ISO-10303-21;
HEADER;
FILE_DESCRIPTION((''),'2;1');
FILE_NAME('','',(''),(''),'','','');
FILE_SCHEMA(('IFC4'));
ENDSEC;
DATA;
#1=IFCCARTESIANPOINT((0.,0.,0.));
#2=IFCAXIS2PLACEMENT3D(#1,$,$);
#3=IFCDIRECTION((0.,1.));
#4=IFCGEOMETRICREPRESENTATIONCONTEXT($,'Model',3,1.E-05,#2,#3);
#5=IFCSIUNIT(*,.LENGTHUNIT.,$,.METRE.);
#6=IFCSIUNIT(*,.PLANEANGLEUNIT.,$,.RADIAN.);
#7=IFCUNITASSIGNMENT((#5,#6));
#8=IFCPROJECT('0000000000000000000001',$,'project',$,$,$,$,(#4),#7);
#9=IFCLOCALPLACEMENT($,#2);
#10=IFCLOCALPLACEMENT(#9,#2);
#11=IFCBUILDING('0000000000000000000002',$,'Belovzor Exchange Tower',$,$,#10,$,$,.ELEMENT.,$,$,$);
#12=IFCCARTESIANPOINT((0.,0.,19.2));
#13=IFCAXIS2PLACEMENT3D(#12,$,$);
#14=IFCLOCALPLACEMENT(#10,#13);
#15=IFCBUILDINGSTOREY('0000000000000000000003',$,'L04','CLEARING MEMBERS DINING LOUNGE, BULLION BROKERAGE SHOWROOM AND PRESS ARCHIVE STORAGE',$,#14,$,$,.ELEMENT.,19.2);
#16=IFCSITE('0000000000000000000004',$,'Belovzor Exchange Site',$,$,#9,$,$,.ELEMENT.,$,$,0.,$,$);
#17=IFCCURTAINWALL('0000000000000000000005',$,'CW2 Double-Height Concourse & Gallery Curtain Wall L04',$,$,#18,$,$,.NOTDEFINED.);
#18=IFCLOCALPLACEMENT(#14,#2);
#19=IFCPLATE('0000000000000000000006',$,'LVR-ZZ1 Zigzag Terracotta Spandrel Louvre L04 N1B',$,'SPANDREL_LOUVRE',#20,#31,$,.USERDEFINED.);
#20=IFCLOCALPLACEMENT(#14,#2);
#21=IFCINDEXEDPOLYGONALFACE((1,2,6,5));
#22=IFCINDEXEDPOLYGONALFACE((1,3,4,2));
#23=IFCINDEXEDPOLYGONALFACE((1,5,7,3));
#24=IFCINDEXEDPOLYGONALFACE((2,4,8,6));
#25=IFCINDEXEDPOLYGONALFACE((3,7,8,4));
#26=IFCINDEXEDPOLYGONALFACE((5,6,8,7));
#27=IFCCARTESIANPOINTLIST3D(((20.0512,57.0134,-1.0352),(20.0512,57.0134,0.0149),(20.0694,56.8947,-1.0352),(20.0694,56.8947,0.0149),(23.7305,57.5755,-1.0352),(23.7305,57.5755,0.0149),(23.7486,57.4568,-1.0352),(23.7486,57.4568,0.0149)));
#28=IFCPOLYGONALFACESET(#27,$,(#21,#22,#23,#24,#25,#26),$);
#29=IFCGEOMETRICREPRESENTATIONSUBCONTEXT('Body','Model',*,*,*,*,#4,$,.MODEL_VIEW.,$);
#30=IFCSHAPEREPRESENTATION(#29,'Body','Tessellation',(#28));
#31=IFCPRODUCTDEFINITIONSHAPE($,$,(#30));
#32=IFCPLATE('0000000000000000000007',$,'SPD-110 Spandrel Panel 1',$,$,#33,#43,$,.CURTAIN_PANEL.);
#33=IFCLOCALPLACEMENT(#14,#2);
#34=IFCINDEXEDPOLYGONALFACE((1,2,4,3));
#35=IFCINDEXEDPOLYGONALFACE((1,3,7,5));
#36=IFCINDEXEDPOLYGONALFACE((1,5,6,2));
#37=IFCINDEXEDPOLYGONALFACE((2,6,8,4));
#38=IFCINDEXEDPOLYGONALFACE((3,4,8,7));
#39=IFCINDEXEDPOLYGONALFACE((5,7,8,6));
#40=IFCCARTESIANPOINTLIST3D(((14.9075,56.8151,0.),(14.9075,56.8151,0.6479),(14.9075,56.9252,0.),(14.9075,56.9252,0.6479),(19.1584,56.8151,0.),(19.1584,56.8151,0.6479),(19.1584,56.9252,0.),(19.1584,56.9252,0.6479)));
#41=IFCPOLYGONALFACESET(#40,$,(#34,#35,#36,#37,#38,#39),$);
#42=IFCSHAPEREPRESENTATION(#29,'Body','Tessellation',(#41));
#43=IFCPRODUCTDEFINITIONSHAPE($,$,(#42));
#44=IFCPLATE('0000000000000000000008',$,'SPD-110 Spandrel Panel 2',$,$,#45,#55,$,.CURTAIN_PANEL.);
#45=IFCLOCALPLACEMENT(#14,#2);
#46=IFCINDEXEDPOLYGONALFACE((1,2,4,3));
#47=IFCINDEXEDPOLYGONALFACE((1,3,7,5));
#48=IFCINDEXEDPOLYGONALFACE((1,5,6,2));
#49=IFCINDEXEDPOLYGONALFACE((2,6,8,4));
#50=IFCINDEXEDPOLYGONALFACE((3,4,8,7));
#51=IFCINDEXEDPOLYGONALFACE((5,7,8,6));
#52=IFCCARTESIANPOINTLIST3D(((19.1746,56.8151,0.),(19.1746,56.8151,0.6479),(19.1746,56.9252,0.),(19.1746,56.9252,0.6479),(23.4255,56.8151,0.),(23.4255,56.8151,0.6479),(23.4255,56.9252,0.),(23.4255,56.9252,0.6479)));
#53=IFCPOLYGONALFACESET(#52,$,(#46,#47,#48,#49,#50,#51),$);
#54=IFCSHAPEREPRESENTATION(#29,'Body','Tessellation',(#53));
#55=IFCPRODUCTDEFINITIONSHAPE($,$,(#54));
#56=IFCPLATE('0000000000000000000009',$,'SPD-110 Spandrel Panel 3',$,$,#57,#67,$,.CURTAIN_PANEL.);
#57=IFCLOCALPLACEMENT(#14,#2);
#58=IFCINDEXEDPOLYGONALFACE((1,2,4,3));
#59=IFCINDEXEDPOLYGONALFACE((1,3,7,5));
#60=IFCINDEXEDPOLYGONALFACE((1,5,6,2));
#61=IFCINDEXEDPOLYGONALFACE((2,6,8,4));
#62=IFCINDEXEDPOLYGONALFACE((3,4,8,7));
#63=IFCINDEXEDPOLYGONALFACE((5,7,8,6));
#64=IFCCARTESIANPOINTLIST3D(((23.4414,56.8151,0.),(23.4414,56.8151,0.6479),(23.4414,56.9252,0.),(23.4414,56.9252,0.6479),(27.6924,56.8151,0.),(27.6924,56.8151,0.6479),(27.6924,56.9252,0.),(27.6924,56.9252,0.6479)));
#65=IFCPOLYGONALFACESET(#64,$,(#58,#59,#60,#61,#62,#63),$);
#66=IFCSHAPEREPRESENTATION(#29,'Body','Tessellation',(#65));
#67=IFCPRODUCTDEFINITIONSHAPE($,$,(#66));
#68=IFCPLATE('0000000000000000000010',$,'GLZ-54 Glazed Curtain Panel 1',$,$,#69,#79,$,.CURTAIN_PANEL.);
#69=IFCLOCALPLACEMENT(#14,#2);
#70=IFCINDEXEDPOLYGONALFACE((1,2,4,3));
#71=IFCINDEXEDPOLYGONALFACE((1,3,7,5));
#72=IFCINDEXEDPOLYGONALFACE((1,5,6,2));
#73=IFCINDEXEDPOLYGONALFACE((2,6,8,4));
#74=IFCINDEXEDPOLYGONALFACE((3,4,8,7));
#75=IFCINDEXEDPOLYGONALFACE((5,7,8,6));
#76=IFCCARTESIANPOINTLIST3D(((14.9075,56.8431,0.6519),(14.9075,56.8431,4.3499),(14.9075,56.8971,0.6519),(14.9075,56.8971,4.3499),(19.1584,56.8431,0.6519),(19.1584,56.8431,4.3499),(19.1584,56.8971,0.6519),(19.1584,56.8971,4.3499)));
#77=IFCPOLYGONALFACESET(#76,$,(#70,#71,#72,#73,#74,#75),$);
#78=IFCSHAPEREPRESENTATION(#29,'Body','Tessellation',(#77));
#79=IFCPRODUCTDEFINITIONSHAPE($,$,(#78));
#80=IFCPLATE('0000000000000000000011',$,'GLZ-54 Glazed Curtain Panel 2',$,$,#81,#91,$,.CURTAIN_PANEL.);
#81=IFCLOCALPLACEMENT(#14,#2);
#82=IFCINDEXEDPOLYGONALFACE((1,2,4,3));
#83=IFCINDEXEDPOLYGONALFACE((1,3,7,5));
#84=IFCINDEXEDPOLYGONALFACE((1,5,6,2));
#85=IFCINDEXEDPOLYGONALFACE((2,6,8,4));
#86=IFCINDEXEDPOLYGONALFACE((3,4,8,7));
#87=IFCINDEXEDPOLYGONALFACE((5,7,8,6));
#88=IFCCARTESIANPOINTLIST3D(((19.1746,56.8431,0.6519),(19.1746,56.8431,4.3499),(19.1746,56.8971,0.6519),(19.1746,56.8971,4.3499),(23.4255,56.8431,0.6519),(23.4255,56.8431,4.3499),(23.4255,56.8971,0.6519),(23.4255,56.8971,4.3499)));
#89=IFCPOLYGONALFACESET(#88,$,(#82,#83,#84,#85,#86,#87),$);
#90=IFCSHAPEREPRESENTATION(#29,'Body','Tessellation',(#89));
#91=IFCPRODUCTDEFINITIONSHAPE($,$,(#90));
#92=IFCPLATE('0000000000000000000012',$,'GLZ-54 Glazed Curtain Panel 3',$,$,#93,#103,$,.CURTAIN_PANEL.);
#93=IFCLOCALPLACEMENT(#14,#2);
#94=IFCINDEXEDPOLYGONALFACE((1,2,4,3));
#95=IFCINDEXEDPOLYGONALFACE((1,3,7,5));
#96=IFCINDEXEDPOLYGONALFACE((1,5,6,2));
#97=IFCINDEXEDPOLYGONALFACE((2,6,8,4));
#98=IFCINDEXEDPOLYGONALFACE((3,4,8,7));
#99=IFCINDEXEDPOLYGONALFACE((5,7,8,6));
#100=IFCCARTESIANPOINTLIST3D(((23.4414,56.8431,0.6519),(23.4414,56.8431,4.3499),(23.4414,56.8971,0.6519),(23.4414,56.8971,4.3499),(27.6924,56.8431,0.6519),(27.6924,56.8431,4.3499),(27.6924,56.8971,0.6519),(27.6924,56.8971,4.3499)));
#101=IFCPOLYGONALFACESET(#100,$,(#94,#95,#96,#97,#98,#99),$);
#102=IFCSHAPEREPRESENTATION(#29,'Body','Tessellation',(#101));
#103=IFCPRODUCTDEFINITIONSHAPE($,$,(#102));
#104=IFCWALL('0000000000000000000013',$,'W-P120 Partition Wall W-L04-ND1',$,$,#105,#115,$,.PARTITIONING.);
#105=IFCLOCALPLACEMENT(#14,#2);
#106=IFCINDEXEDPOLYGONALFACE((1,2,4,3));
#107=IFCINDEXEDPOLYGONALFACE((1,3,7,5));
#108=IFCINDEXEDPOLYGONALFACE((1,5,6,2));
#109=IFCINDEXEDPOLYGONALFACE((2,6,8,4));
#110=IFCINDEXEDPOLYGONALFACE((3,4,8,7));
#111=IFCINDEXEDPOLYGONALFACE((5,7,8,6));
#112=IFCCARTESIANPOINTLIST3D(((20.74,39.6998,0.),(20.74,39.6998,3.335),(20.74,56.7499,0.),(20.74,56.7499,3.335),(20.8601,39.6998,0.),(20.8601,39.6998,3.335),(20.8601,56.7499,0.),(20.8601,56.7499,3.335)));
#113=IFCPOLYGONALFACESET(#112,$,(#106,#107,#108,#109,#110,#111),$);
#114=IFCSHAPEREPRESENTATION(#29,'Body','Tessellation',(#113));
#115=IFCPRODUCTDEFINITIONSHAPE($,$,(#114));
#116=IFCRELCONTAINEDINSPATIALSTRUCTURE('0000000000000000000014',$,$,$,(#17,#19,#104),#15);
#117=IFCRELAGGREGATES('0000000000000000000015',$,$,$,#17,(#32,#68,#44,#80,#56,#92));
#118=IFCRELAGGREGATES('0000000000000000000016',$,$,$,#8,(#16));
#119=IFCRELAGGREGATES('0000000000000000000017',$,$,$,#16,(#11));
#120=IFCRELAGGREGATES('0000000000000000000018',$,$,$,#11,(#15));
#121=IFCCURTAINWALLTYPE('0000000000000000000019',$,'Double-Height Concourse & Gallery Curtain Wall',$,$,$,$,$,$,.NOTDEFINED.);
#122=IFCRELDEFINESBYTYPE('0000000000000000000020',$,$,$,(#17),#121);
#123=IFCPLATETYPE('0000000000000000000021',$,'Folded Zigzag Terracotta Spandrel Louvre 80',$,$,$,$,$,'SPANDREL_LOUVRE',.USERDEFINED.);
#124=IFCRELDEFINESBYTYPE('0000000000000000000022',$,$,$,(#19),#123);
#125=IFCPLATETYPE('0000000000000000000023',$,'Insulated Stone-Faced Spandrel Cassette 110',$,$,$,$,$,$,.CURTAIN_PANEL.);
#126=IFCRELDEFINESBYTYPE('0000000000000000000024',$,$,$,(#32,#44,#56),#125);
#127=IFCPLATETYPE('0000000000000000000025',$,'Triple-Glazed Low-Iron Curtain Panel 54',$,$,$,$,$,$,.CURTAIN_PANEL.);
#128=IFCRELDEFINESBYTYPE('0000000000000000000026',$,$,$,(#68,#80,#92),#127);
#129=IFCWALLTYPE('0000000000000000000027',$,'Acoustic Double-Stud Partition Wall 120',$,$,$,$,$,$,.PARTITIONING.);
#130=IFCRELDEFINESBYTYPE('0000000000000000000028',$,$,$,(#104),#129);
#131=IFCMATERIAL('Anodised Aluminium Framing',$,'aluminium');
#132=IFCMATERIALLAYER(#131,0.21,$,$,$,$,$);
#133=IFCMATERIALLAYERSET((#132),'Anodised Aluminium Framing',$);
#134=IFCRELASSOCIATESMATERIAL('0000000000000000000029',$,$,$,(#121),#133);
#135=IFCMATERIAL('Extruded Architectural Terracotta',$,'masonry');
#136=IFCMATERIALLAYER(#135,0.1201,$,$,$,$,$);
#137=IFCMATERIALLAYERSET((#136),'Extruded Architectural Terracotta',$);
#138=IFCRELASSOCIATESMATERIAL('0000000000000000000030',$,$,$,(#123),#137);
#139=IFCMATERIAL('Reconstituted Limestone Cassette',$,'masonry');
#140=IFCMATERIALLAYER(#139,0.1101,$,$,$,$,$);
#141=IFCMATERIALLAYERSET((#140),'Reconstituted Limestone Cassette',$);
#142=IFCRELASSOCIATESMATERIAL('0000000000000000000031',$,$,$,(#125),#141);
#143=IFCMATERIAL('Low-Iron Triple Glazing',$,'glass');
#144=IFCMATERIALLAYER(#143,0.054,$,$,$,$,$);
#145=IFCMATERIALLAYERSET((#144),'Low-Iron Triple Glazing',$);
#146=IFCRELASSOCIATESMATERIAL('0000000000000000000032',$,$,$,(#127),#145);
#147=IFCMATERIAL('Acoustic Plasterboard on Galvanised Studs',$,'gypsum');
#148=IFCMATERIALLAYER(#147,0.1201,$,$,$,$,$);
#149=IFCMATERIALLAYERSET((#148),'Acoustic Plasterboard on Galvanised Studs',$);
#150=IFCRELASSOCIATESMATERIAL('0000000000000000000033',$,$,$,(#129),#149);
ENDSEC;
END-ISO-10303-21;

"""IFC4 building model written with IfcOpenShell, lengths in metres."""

from ifc_helpers import new_model, si_unit, direction, frame, frame_2d, origin, origin_2d, place, context, subcontext, project, spatial, rectangle, extrude, material, layer, layer_set, type_object, element, aggregate, save


model = new_model("IFC4")

# Units and contexts
model_context = context("Model", 3, precision=1e-05, world=origin(), true_north=direction((0.0, 1.0)))
body_context = subcontext(model_context, "Body", "Model", "MODEL_VIEW")
ifc_project = project(units=[si_unit("LENGTHUNIT", "METRE"), si_unit("PLANEANGLEUNIT", "RADIAN")], contexts=[model_context])

# Site, building, storey
site_placement = place(None, origin())
site = spatial("IfcSite", under=ifc_project, at=site_placement, Name="Belovzor Exchange Site", CompositionType="ELEMENT", RefElevation=0.0)
building_placement = place(site_placement, origin())
building = spatial("IfcBuilding", under=site, at=building_placement, Name="Belovzor Exchange Tower", CompositionType="ELEMENT")
storey_placement = place(building_placement, frame((0.0, 0.0, 19.2)))
storey = spatial("IfcBuildingStorey", under=building, at=storey_placement, Name="L04", Description="CLEARING MEMBERS DINING LOUNGE, BULLION BROKERAGE SHOWROOM AND PRESS ARCHIVE STORAGE", CompositionType="ELEMENT", Elevation=19.2)

# Curtain wall
ifc_material_1 = material(Name="Anodised Aluminium Framing", Category="aluminium")
ifc_layer_1 = layer(ifc_material_1, 0.21)
ifc_layer_set_1 = layer_set([ifc_layer_1], Name="Anodised Aluminium Framing")
curtain_wall_type = type_object("IfcCurtainWallType", Name="Double-Height Concourse & Gallery Curtain Wall", PredefinedType="NOTDEFINED", material=ifc_layer_set_1)
curtain_wall_placement = place(storey_placement, origin())
curtain_wall = element("IfcCurtainWall", 1, at=curtain_wall_placement, inside=storey, type_object=curtain_wall_type, Name="CW2 Double-Height Concourse & Gallery Curtain Wall L04", PredefinedType="NOTDEFINED")

# Plate
ifc_material_2 = material(Name="Extruded Architectural Terracotta", Category="masonry")
ifc_layer_2 = layer(ifc_material_2, 0.1201)
ifc_layer_set_2 = layer_set([ifc_layer_2], Name="Extruded Architectural Terracotta")
plate_type_1 = type_object("IfcPlateType", Name="Folded Zigzag Terracotta Spandrel Louvre 80", ElementType="SPANDREL_LOUVRE", PredefinedType="USERDEFINED", material=ifc_layer_set_2)
for number, where, z_axis, x_axis, name in (
    (2, (21.8999, 57.2351, -1.0352), (0.0, 0.0, 1.0), (0.988531, 0.151019, 0.0), "LVR-ZZ1 Zigzag Terracotta Spandrel Louvre L04 N1B"),
):
    element("IfcPlate", number, at=place(storey_placement, frame(where, z_axis=z_axis, x_axis=x_axis)), inside=storey, type_object=plate_type_1, Name=name, ObjectType="SPANDREL_LOUVRE", PredefinedType="USERDEFINED", context=body_context, shape_type="SweptSolid", body=[
        extrude(rectangle(XDim=3.7219, YDim=0.1201, at=origin_2d()), origin(), (0.0, 0.0, 1.0), 1.05),
    ])

# Plates
ifc_material_3 = material(Name="Reconstituted Limestone Cassette", Category="masonry")
ifc_layer_3 = layer(ifc_material_3, 0.1101)
ifc_layer_set_3 = layer_set([ifc_layer_3], Name="Reconstituted Limestone Cassette")
plate_type_2 = type_object("IfcPlateType", Name="Insulated Stone-Faced Spandrel Cassette 110", PredefinedType="CURTAIN_PANEL", material=ifc_layer_set_3)
plate_1_placement = place(storey_placement, frame((17.033, 56.8701, 0.0), z_axis=(0.0, 0.0, 1.0), x_axis=(1.0, 0.0, 0.0)))
plate_1 = element("IfcPlate", 3, at=plate_1_placement, type_object=plate_type_2, Name="SPD-110 Spandrel Panel 1", PredefinedType="CURTAIN_PANEL", context=body_context, shape_type="SweptSolid", body=[
    extrude(rectangle(XDim=4.251, YDim=0.1101, at=origin_2d()), origin(), (0.0, 0.0, 1.0), 0.6479),
])
plate_2_placement = place(storey_placement, frame((21.3, 56.8701, 0.0), z_axis=(0.0, 0.0, 1.0), x_axis=(1.0, 0.0, 0.0)))
plate_2 = element("IfcPlate", 4, at=plate_2_placement, type_object=plate_type_2, Name="SPD-110 Spandrel Panel 2", PredefinedType="CURTAIN_PANEL", context=body_context, shape_type="SweptSolid", body=[
    extrude(rectangle(XDim=4.251, YDim=0.1101, at=origin_2d()), origin(), (0.0, 0.0, 1.0), 0.6479),
])
plate_3_placement = place(storey_placement, frame((25.5669, 56.8701, 0.0), z_axis=(0.0, 0.0, 1.0), x_axis=(1.0, 0.0, 0.0)))
plate_3 = element("IfcPlate", 5, at=plate_3_placement, type_object=plate_type_2, Name="SPD-110 Spandrel Panel 3", PredefinedType="CURTAIN_PANEL", context=body_context, shape_type="SweptSolid", body=[
    extrude(rectangle(XDim=4.251, YDim=0.1101, at=origin_2d()), origin(), (0.0, 0.0, 1.0), 0.6479),
])
ifc_material_4 = material(Name="Low-Iron Triple Glazing", Category="glass")
ifc_layer_4 = layer(ifc_material_4, 0.054)
ifc_layer_set_4 = layer_set([ifc_layer_4], Name="Low-Iron Triple Glazing")
plate_type_3 = type_object("IfcPlateType", Name="Triple-Glazed Low-Iron Curtain Panel 54", PredefinedType="CURTAIN_PANEL", material=ifc_layer_set_4)
plate_4_placement = place(storey_placement, frame((17.033, 56.8701, 0.6519), z_axis=(0.0, 0.0, 1.0), x_axis=(1.0, 0.0, 0.0)))
plate_4 = element("IfcPlate", 6, at=plate_4_placement, type_object=plate_type_3, Name="GLZ-54 Glazed Curtain Panel 1", PredefinedType="CURTAIN_PANEL", context=body_context, shape_type="SweptSolid", body=[
    extrude(rectangle(XDim=4.251, YDim=0.054, at=origin_2d()), origin(), (0.0, 0.0, 1.0), 3.698),
])
plate_5_placement = place(storey_placement, frame((21.3, 56.8701, 0.6519), z_axis=(0.0, 0.0, 1.0), x_axis=(1.0, 0.0, 0.0)))
plate_5 = element("IfcPlate", 7, at=plate_5_placement, type_object=plate_type_3, Name="GLZ-54 Glazed Curtain Panel 2", PredefinedType="CURTAIN_PANEL", context=body_context, shape_type="SweptSolid", body=[
    extrude(rectangle(XDim=4.251, YDim=0.054, at=origin_2d()), origin(), (0.0, 0.0, 1.0), 3.698),
])
plate_6_placement = place(storey_placement, frame((25.5669, 56.8701, 0.6519), z_axis=(0.0, 0.0, 1.0), x_axis=(1.0, 0.0, 0.0)))
plate_6 = element("IfcPlate", 8, at=plate_6_placement, type_object=plate_type_3, Name="GLZ-54 Glazed Curtain Panel 3", PredefinedType="CURTAIN_PANEL", context=body_context, shape_type="SweptSolid", body=[
    extrude(rectangle(XDim=4.251, YDim=0.054, at=origin_2d()), origin(), (0.0, 0.0, 1.0), 3.698),
])
aggregate(curtain_wall, [plate_1, plate_4, plate_2, plate_5, plate_3, plate_6])

# Wall
ifc_material_5 = material(Name="Acoustic Plasterboard on Galvanised Studs", Category="gypsum")
ifc_layer_5 = layer(ifc_material_5, 0.1201)
ifc_layer_set_5 = layer_set([ifc_layer_5], Name="Acoustic Plasterboard on Galvanised Studs")
wall_type_1 = type_object("IfcWallType", Name="Acoustic Double-Stud Partition Wall 120", PredefinedType="PARTITIONING", material=ifc_layer_set_5)
wall_1_placement = place(storey_placement, frame((20.8, 39.7, 0.0), z_axis=(0.0, 0.0, 1.0), x_axis=(0.0, 1.0, 0.0)))
element("IfcWall", 9, at=wall_1_placement, inside=storey, type_object=wall_type_1, Name="W-P120 Partition Wall W-L04-ND1", PredefinedType="PARTITIONING", context=body_context, shape_type="SweptSolid", body=[
    extrude(rectangle(XDim=17.05, YDim=0.1201, at=frame_2d((8.5249, 0.0))), origin(), (0.0, 0.0, 1.0), 3.335),
])

save(model, "model.ifc")
